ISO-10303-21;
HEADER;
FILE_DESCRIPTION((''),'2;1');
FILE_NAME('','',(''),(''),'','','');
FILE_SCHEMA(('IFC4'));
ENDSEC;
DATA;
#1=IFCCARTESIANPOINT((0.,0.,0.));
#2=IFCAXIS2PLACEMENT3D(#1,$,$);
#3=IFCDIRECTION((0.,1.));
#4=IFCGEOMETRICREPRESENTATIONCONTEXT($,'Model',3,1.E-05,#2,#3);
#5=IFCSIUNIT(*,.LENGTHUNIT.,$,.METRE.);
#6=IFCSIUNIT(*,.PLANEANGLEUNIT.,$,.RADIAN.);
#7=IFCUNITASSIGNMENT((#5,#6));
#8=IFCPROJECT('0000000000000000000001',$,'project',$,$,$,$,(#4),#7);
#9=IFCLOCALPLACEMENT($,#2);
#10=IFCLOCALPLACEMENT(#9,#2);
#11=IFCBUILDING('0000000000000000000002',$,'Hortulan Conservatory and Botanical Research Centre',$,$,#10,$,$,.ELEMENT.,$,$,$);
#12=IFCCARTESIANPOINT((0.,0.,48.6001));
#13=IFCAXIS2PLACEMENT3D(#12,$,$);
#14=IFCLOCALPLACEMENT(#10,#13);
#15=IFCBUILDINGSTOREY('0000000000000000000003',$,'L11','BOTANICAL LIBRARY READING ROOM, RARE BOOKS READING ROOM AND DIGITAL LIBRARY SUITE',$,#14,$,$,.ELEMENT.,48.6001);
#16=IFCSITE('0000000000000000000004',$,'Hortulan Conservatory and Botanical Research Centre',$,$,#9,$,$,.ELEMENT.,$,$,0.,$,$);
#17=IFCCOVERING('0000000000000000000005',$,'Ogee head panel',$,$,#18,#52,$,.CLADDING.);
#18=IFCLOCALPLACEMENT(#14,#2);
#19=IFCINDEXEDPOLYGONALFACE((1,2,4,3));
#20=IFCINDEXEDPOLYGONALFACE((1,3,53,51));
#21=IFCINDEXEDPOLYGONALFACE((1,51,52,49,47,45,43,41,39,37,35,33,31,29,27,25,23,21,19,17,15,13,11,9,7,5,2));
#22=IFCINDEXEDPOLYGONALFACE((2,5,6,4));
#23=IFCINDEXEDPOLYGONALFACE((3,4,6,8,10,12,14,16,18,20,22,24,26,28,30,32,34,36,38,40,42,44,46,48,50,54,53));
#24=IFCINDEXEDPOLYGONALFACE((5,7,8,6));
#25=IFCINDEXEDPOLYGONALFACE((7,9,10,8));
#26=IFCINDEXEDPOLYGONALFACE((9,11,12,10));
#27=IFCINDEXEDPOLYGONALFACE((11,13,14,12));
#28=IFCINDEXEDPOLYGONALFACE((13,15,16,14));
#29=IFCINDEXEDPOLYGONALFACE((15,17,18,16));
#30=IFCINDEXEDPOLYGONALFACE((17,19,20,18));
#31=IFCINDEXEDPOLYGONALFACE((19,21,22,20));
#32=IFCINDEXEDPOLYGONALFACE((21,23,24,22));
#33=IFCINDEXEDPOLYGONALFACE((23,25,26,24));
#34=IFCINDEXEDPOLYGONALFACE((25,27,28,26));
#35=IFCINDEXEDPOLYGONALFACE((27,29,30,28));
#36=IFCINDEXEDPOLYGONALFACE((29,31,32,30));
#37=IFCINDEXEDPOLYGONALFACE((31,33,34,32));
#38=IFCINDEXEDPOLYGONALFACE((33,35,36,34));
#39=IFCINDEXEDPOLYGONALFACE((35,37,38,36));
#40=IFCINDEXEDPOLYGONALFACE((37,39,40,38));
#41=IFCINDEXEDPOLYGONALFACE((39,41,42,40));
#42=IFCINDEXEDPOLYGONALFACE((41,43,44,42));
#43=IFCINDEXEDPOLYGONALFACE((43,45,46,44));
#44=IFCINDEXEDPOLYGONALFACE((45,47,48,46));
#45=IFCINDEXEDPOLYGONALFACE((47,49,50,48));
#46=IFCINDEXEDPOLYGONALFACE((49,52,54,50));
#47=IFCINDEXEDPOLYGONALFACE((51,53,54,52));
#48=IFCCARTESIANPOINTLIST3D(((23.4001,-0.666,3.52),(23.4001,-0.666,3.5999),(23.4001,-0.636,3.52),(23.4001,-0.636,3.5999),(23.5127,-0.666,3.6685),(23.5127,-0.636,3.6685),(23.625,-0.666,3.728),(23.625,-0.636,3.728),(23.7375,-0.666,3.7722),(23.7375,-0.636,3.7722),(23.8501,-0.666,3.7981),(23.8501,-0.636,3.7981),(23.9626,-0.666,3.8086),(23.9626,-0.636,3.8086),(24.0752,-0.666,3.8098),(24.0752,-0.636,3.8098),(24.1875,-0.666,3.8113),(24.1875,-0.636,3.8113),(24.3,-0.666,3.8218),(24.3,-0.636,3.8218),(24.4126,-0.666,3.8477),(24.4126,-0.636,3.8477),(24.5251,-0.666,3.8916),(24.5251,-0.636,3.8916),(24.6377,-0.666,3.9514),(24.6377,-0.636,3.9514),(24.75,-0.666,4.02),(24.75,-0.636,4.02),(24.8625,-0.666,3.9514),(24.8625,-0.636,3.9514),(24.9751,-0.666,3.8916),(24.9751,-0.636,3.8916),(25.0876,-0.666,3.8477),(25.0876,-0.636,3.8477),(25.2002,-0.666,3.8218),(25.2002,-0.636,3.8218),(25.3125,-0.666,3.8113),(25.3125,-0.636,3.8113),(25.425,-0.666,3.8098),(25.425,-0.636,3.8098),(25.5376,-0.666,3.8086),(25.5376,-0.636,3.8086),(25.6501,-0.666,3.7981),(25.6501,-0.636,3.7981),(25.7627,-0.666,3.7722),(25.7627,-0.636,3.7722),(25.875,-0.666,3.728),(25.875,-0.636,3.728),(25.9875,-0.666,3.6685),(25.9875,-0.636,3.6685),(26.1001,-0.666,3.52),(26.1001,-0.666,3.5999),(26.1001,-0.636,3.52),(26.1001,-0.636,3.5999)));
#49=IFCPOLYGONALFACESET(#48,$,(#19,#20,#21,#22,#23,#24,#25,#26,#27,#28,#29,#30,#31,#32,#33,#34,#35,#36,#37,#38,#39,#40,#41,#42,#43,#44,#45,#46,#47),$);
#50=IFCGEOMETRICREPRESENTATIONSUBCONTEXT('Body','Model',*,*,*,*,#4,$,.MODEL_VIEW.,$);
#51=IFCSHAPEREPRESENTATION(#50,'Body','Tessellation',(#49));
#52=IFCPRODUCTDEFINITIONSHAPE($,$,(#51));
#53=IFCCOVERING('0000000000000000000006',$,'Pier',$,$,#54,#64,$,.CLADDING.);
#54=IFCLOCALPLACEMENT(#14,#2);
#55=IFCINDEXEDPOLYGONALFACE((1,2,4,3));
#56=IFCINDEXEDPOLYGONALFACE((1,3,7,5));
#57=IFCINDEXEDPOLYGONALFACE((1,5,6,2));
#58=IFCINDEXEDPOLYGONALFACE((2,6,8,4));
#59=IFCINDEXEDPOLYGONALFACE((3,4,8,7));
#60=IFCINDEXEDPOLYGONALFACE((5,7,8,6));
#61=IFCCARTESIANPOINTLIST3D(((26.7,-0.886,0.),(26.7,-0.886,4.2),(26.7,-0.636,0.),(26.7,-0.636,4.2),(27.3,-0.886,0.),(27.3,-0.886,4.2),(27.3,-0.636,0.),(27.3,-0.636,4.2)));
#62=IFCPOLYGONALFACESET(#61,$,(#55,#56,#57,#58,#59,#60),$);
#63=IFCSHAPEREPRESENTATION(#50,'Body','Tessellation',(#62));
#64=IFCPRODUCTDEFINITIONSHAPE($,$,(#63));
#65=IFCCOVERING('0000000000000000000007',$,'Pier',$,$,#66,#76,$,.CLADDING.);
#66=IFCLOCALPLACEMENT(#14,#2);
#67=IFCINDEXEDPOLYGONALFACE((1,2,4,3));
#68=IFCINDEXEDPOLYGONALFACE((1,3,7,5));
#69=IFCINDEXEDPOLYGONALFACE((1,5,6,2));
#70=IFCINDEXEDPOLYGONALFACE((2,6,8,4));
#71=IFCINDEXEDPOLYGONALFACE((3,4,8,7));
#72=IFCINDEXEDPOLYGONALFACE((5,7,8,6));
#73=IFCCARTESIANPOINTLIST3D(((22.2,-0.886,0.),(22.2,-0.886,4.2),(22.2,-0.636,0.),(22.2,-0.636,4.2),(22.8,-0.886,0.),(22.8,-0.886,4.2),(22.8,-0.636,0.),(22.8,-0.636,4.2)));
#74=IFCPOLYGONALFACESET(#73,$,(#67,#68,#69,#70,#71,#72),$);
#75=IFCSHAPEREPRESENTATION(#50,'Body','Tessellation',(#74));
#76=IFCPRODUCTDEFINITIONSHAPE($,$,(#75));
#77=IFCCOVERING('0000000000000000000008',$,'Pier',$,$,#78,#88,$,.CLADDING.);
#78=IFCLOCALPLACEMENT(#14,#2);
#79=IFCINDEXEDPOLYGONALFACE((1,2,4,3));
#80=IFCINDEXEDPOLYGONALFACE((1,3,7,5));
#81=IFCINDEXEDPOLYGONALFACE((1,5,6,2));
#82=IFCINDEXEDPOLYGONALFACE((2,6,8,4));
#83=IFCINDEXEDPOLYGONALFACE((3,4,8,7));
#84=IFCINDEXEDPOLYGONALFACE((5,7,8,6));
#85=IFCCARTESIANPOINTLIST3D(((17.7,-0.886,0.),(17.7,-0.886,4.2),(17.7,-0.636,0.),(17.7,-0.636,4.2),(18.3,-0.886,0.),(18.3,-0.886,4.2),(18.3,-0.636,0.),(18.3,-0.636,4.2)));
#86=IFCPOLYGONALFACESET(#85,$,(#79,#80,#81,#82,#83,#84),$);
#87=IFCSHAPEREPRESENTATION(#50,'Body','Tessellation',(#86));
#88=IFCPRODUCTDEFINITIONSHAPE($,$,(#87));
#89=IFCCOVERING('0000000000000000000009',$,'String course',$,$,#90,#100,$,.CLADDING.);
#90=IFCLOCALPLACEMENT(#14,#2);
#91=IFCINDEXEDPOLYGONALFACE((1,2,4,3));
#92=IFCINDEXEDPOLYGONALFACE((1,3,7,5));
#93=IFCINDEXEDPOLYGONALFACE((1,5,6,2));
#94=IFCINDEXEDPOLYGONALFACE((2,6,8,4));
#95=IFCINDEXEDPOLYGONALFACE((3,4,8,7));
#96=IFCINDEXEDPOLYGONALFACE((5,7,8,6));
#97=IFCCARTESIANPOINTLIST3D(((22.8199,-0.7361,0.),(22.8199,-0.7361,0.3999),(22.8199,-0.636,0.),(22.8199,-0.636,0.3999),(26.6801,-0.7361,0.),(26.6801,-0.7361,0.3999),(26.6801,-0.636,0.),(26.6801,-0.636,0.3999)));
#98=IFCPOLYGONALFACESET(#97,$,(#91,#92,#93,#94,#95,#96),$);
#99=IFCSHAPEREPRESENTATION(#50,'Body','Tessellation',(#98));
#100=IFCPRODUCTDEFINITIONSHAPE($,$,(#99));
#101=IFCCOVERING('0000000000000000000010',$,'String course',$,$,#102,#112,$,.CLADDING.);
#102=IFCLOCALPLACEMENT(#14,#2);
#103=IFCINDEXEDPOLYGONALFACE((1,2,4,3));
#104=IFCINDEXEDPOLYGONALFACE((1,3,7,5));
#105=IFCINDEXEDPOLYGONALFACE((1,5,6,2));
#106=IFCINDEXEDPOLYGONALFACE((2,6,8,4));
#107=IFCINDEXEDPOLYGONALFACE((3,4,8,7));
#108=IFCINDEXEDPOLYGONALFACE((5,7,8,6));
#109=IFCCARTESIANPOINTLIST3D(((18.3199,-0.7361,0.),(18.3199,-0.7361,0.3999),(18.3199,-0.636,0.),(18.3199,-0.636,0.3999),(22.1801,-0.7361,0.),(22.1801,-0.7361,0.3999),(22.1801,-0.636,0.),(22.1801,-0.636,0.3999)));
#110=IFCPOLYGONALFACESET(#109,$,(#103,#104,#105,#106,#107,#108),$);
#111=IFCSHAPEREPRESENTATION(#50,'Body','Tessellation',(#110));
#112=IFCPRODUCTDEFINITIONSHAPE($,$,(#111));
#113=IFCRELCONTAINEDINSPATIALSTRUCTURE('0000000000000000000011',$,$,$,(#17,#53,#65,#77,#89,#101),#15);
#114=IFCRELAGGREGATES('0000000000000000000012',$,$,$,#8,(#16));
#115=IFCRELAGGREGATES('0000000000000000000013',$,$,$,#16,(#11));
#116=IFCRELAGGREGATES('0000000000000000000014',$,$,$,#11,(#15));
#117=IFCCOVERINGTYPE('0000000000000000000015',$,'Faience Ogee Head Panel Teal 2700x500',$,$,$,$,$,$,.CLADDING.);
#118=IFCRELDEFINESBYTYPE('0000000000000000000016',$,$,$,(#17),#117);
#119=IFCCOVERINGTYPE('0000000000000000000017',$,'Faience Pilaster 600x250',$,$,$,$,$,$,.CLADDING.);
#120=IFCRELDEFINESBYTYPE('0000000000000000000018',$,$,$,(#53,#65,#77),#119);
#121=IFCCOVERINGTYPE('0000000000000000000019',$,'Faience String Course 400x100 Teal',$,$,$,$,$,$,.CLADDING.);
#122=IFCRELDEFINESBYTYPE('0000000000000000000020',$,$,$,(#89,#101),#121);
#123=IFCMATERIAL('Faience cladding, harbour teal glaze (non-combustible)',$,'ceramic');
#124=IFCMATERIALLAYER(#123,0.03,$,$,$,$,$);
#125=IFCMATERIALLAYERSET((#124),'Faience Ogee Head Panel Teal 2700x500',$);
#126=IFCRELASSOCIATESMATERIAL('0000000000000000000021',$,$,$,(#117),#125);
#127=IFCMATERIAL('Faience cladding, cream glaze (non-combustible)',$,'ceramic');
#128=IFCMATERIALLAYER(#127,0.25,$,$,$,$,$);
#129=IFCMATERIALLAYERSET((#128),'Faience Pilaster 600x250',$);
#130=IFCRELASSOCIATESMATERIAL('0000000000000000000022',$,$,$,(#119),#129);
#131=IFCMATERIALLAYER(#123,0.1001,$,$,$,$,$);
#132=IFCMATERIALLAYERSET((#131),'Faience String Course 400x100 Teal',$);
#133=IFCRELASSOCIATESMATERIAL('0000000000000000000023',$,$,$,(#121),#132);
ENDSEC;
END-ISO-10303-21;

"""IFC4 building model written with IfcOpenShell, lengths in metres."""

from ifc_helpers import new_model, si_unit, direction, frame, origin, origin_2d, place, context, subcontext, project, spatial, polyline, rectangle, outline, extrude, material, layer, layer_set, type_object, element, save


model = new_model("IFC4")

# Units and contexts
model_context = context("Model", 3, precision=1e-05, world=origin(), true_north=direction((0.0, 1.0)))
body_context = subcontext(model_context, "Body", "Model", "MODEL_VIEW")
ifc_project = project(units=[si_unit("LENGTHUNIT", "METRE"), si_unit("PLANEANGLEUNIT", "RADIAN")], contexts=[model_context])

# Site, building, storey
site_placement = place(None, origin())
site = spatial("IfcSite", under=ifc_project, at=site_placement, Name="Hortulan Conservatory and Botanical Research Centre", CompositionType="ELEMENT", RefElevation=0.0)
building_placement = place(site_placement, origin())
building = spatial("IfcBuilding", under=site, at=building_placement, Name="Hortulan Conservatory and Botanical Research Centre", CompositionType="ELEMENT")
storey_placement = place(building_placement, frame((0.0, 0.0, 48.6001)))
storey = spatial("IfcBuildingStorey", under=building, at=storey_placement, Name="L11", Description="BOTANICAL LIBRARY READING ROOM, RARE BOOKS READING ROOM AND DIGITAL LIBRARY SUITE", CompositionType="ELEMENT", Elevation=48.6001)

# Coverings
ifc_material_1 = material(Name="Faience cladding, harbour teal glaze (non-combustible)", Category="ceramic")
ifc_layer_1 = layer(ifc_material_1, 0.03)
ifc_layer_set_1 = layer_set([ifc_layer_1], Name="Faience Ogee Head Panel Teal 2700x500")
covering_type_1 = type_object("IfcCoveringType", Name="Faience Ogee Head Panel Teal 2700x500", PredefinedType="CLADDING", material=ifc_layer_set_1)
covering_placement = place(storey_placement, frame((26.1001, -0.6509, 3.52), z_axis=(0.0, 0.0, 1.0), x_axis=(-1.0, 0.0, 0.0)))
element("IfcCovering", 1, at=covering_placement, inside=storey, type_object=covering_type_1, Name="Ogee head panel", PredefinedType="CLADDING", context=body_context, shape_type="SweptSolid", body=[
    extrude(outline(polyline([(0.0, 0.0), (2.7, 0.0), (2.7, 0.0798), (2.5874, 0.1484), (2.4751, 0.208), (2.3625, 0.2522), (2.25, 0.2781), (2.1375, 0.2886), (2.0249, 0.2898), (1.9126, 0.2913), (1.8, 0.3018), (1.6875, 0.3276), (1.575, 0.3716), (1.4624, 0.4314), (1.3501, 0.5), (1.2375, 0.4314), (1.125, 0.3716), (1.0125, 0.3276), (0.8999, 0.3018), (0.7876, 0.2913), (0.675, 0.2898), (0.5625, 0.2886), (0.45, 0.2781), (0.3374, 0.2522), (0.2251, 0.208), (0.1125, 0.1484), (0.0, 0.0798), (0.0, 0.0)])), frame((0.0, 0.0151, 0.0), z_axis=(0.0, -1.0, 0.0), x_axis=(1.0, 0.0, 0.0)), (0.0, 0.0, 1.0), 0.03),
])
ifc_material_2 = material(Name="Faience cladding, cream glaze (non-combustible)", Category="ceramic")
ifc_layer_2 = layer(ifc_material_2, 0.25)
ifc_layer_set_2 = layer_set([ifc_layer_2], Name="Faience Pilaster 600x250")
covering_type_2 = type_object("IfcCoveringType", Name="Faience Pilaster 600x250", PredefinedType="CLADDING", material=ifc_layer_set_2)
for number, where, z_axis, x_axis, name in (
    (2, (27.0, -0.761, 0.0), (0.0, 0.0, 1.0), (-1.0, 0.0, 0.0), "Pier"),
    (3, (22.5, -0.761, 0.0), (0.0, 0.0, 1.0), (-1.0, 0.0, 0.0), "Pier"),
    (4, (18.0, -0.761, 0.0), (0.0, 0.0, 1.0), (-1.0, 0.0, 0.0), "Pier"),
):
    element("IfcCovering", number, at=place(storey_placement, frame(where, z_axis=z_axis, x_axis=x_axis)), inside=storey, type_object=covering_type_2, Name=name, PredefinedType="CLADDING", context=body_context, shape_type="SweptSolid", body=[
        extrude(rectangle(XDim=0.6001, YDim=0.25, at=origin_2d()), origin(), (0.0, 0.0, 1.0), 4.2),
    ])
ifc_layer_3 = layer(ifc_material_1, 0.1001)
ifc_layer_set_3 = layer_set([ifc_layer_3], Name="Faience String Course 400x100 Teal")
covering_type_3 = type_object("IfcCoveringType", Name="Faience String Course 400x100 Teal", PredefinedType="CLADDING", material=ifc_layer_set_3)
for number, where, z_axis, x_axis, name in (
    (5, (24.75, -0.686, 0.0), (0.0, 0.0, 1.0), (-1.0, 0.0, 0.0), "String course"),
    (6, (20.25, -0.686, 0.0), (0.0, 0.0, 1.0), (-1.0, 0.0, 0.0), "String course"),
):
    element("IfcCovering", number, at=place(storey_placement, frame(where, z_axis=z_axis, x_axis=x_axis)), inside=storey, type_object=covering_type_3, Name=name, PredefinedType="CLADDING", context=body_context, shape_type="SweptSolid", body=[
        extrude(rectangle(XDim=3.8601, YDim=0.1001, at=origin_2d()), origin(), (0.0, 0.0, 1.0), 0.3999),
    ])

save(model, "model.ifc")
